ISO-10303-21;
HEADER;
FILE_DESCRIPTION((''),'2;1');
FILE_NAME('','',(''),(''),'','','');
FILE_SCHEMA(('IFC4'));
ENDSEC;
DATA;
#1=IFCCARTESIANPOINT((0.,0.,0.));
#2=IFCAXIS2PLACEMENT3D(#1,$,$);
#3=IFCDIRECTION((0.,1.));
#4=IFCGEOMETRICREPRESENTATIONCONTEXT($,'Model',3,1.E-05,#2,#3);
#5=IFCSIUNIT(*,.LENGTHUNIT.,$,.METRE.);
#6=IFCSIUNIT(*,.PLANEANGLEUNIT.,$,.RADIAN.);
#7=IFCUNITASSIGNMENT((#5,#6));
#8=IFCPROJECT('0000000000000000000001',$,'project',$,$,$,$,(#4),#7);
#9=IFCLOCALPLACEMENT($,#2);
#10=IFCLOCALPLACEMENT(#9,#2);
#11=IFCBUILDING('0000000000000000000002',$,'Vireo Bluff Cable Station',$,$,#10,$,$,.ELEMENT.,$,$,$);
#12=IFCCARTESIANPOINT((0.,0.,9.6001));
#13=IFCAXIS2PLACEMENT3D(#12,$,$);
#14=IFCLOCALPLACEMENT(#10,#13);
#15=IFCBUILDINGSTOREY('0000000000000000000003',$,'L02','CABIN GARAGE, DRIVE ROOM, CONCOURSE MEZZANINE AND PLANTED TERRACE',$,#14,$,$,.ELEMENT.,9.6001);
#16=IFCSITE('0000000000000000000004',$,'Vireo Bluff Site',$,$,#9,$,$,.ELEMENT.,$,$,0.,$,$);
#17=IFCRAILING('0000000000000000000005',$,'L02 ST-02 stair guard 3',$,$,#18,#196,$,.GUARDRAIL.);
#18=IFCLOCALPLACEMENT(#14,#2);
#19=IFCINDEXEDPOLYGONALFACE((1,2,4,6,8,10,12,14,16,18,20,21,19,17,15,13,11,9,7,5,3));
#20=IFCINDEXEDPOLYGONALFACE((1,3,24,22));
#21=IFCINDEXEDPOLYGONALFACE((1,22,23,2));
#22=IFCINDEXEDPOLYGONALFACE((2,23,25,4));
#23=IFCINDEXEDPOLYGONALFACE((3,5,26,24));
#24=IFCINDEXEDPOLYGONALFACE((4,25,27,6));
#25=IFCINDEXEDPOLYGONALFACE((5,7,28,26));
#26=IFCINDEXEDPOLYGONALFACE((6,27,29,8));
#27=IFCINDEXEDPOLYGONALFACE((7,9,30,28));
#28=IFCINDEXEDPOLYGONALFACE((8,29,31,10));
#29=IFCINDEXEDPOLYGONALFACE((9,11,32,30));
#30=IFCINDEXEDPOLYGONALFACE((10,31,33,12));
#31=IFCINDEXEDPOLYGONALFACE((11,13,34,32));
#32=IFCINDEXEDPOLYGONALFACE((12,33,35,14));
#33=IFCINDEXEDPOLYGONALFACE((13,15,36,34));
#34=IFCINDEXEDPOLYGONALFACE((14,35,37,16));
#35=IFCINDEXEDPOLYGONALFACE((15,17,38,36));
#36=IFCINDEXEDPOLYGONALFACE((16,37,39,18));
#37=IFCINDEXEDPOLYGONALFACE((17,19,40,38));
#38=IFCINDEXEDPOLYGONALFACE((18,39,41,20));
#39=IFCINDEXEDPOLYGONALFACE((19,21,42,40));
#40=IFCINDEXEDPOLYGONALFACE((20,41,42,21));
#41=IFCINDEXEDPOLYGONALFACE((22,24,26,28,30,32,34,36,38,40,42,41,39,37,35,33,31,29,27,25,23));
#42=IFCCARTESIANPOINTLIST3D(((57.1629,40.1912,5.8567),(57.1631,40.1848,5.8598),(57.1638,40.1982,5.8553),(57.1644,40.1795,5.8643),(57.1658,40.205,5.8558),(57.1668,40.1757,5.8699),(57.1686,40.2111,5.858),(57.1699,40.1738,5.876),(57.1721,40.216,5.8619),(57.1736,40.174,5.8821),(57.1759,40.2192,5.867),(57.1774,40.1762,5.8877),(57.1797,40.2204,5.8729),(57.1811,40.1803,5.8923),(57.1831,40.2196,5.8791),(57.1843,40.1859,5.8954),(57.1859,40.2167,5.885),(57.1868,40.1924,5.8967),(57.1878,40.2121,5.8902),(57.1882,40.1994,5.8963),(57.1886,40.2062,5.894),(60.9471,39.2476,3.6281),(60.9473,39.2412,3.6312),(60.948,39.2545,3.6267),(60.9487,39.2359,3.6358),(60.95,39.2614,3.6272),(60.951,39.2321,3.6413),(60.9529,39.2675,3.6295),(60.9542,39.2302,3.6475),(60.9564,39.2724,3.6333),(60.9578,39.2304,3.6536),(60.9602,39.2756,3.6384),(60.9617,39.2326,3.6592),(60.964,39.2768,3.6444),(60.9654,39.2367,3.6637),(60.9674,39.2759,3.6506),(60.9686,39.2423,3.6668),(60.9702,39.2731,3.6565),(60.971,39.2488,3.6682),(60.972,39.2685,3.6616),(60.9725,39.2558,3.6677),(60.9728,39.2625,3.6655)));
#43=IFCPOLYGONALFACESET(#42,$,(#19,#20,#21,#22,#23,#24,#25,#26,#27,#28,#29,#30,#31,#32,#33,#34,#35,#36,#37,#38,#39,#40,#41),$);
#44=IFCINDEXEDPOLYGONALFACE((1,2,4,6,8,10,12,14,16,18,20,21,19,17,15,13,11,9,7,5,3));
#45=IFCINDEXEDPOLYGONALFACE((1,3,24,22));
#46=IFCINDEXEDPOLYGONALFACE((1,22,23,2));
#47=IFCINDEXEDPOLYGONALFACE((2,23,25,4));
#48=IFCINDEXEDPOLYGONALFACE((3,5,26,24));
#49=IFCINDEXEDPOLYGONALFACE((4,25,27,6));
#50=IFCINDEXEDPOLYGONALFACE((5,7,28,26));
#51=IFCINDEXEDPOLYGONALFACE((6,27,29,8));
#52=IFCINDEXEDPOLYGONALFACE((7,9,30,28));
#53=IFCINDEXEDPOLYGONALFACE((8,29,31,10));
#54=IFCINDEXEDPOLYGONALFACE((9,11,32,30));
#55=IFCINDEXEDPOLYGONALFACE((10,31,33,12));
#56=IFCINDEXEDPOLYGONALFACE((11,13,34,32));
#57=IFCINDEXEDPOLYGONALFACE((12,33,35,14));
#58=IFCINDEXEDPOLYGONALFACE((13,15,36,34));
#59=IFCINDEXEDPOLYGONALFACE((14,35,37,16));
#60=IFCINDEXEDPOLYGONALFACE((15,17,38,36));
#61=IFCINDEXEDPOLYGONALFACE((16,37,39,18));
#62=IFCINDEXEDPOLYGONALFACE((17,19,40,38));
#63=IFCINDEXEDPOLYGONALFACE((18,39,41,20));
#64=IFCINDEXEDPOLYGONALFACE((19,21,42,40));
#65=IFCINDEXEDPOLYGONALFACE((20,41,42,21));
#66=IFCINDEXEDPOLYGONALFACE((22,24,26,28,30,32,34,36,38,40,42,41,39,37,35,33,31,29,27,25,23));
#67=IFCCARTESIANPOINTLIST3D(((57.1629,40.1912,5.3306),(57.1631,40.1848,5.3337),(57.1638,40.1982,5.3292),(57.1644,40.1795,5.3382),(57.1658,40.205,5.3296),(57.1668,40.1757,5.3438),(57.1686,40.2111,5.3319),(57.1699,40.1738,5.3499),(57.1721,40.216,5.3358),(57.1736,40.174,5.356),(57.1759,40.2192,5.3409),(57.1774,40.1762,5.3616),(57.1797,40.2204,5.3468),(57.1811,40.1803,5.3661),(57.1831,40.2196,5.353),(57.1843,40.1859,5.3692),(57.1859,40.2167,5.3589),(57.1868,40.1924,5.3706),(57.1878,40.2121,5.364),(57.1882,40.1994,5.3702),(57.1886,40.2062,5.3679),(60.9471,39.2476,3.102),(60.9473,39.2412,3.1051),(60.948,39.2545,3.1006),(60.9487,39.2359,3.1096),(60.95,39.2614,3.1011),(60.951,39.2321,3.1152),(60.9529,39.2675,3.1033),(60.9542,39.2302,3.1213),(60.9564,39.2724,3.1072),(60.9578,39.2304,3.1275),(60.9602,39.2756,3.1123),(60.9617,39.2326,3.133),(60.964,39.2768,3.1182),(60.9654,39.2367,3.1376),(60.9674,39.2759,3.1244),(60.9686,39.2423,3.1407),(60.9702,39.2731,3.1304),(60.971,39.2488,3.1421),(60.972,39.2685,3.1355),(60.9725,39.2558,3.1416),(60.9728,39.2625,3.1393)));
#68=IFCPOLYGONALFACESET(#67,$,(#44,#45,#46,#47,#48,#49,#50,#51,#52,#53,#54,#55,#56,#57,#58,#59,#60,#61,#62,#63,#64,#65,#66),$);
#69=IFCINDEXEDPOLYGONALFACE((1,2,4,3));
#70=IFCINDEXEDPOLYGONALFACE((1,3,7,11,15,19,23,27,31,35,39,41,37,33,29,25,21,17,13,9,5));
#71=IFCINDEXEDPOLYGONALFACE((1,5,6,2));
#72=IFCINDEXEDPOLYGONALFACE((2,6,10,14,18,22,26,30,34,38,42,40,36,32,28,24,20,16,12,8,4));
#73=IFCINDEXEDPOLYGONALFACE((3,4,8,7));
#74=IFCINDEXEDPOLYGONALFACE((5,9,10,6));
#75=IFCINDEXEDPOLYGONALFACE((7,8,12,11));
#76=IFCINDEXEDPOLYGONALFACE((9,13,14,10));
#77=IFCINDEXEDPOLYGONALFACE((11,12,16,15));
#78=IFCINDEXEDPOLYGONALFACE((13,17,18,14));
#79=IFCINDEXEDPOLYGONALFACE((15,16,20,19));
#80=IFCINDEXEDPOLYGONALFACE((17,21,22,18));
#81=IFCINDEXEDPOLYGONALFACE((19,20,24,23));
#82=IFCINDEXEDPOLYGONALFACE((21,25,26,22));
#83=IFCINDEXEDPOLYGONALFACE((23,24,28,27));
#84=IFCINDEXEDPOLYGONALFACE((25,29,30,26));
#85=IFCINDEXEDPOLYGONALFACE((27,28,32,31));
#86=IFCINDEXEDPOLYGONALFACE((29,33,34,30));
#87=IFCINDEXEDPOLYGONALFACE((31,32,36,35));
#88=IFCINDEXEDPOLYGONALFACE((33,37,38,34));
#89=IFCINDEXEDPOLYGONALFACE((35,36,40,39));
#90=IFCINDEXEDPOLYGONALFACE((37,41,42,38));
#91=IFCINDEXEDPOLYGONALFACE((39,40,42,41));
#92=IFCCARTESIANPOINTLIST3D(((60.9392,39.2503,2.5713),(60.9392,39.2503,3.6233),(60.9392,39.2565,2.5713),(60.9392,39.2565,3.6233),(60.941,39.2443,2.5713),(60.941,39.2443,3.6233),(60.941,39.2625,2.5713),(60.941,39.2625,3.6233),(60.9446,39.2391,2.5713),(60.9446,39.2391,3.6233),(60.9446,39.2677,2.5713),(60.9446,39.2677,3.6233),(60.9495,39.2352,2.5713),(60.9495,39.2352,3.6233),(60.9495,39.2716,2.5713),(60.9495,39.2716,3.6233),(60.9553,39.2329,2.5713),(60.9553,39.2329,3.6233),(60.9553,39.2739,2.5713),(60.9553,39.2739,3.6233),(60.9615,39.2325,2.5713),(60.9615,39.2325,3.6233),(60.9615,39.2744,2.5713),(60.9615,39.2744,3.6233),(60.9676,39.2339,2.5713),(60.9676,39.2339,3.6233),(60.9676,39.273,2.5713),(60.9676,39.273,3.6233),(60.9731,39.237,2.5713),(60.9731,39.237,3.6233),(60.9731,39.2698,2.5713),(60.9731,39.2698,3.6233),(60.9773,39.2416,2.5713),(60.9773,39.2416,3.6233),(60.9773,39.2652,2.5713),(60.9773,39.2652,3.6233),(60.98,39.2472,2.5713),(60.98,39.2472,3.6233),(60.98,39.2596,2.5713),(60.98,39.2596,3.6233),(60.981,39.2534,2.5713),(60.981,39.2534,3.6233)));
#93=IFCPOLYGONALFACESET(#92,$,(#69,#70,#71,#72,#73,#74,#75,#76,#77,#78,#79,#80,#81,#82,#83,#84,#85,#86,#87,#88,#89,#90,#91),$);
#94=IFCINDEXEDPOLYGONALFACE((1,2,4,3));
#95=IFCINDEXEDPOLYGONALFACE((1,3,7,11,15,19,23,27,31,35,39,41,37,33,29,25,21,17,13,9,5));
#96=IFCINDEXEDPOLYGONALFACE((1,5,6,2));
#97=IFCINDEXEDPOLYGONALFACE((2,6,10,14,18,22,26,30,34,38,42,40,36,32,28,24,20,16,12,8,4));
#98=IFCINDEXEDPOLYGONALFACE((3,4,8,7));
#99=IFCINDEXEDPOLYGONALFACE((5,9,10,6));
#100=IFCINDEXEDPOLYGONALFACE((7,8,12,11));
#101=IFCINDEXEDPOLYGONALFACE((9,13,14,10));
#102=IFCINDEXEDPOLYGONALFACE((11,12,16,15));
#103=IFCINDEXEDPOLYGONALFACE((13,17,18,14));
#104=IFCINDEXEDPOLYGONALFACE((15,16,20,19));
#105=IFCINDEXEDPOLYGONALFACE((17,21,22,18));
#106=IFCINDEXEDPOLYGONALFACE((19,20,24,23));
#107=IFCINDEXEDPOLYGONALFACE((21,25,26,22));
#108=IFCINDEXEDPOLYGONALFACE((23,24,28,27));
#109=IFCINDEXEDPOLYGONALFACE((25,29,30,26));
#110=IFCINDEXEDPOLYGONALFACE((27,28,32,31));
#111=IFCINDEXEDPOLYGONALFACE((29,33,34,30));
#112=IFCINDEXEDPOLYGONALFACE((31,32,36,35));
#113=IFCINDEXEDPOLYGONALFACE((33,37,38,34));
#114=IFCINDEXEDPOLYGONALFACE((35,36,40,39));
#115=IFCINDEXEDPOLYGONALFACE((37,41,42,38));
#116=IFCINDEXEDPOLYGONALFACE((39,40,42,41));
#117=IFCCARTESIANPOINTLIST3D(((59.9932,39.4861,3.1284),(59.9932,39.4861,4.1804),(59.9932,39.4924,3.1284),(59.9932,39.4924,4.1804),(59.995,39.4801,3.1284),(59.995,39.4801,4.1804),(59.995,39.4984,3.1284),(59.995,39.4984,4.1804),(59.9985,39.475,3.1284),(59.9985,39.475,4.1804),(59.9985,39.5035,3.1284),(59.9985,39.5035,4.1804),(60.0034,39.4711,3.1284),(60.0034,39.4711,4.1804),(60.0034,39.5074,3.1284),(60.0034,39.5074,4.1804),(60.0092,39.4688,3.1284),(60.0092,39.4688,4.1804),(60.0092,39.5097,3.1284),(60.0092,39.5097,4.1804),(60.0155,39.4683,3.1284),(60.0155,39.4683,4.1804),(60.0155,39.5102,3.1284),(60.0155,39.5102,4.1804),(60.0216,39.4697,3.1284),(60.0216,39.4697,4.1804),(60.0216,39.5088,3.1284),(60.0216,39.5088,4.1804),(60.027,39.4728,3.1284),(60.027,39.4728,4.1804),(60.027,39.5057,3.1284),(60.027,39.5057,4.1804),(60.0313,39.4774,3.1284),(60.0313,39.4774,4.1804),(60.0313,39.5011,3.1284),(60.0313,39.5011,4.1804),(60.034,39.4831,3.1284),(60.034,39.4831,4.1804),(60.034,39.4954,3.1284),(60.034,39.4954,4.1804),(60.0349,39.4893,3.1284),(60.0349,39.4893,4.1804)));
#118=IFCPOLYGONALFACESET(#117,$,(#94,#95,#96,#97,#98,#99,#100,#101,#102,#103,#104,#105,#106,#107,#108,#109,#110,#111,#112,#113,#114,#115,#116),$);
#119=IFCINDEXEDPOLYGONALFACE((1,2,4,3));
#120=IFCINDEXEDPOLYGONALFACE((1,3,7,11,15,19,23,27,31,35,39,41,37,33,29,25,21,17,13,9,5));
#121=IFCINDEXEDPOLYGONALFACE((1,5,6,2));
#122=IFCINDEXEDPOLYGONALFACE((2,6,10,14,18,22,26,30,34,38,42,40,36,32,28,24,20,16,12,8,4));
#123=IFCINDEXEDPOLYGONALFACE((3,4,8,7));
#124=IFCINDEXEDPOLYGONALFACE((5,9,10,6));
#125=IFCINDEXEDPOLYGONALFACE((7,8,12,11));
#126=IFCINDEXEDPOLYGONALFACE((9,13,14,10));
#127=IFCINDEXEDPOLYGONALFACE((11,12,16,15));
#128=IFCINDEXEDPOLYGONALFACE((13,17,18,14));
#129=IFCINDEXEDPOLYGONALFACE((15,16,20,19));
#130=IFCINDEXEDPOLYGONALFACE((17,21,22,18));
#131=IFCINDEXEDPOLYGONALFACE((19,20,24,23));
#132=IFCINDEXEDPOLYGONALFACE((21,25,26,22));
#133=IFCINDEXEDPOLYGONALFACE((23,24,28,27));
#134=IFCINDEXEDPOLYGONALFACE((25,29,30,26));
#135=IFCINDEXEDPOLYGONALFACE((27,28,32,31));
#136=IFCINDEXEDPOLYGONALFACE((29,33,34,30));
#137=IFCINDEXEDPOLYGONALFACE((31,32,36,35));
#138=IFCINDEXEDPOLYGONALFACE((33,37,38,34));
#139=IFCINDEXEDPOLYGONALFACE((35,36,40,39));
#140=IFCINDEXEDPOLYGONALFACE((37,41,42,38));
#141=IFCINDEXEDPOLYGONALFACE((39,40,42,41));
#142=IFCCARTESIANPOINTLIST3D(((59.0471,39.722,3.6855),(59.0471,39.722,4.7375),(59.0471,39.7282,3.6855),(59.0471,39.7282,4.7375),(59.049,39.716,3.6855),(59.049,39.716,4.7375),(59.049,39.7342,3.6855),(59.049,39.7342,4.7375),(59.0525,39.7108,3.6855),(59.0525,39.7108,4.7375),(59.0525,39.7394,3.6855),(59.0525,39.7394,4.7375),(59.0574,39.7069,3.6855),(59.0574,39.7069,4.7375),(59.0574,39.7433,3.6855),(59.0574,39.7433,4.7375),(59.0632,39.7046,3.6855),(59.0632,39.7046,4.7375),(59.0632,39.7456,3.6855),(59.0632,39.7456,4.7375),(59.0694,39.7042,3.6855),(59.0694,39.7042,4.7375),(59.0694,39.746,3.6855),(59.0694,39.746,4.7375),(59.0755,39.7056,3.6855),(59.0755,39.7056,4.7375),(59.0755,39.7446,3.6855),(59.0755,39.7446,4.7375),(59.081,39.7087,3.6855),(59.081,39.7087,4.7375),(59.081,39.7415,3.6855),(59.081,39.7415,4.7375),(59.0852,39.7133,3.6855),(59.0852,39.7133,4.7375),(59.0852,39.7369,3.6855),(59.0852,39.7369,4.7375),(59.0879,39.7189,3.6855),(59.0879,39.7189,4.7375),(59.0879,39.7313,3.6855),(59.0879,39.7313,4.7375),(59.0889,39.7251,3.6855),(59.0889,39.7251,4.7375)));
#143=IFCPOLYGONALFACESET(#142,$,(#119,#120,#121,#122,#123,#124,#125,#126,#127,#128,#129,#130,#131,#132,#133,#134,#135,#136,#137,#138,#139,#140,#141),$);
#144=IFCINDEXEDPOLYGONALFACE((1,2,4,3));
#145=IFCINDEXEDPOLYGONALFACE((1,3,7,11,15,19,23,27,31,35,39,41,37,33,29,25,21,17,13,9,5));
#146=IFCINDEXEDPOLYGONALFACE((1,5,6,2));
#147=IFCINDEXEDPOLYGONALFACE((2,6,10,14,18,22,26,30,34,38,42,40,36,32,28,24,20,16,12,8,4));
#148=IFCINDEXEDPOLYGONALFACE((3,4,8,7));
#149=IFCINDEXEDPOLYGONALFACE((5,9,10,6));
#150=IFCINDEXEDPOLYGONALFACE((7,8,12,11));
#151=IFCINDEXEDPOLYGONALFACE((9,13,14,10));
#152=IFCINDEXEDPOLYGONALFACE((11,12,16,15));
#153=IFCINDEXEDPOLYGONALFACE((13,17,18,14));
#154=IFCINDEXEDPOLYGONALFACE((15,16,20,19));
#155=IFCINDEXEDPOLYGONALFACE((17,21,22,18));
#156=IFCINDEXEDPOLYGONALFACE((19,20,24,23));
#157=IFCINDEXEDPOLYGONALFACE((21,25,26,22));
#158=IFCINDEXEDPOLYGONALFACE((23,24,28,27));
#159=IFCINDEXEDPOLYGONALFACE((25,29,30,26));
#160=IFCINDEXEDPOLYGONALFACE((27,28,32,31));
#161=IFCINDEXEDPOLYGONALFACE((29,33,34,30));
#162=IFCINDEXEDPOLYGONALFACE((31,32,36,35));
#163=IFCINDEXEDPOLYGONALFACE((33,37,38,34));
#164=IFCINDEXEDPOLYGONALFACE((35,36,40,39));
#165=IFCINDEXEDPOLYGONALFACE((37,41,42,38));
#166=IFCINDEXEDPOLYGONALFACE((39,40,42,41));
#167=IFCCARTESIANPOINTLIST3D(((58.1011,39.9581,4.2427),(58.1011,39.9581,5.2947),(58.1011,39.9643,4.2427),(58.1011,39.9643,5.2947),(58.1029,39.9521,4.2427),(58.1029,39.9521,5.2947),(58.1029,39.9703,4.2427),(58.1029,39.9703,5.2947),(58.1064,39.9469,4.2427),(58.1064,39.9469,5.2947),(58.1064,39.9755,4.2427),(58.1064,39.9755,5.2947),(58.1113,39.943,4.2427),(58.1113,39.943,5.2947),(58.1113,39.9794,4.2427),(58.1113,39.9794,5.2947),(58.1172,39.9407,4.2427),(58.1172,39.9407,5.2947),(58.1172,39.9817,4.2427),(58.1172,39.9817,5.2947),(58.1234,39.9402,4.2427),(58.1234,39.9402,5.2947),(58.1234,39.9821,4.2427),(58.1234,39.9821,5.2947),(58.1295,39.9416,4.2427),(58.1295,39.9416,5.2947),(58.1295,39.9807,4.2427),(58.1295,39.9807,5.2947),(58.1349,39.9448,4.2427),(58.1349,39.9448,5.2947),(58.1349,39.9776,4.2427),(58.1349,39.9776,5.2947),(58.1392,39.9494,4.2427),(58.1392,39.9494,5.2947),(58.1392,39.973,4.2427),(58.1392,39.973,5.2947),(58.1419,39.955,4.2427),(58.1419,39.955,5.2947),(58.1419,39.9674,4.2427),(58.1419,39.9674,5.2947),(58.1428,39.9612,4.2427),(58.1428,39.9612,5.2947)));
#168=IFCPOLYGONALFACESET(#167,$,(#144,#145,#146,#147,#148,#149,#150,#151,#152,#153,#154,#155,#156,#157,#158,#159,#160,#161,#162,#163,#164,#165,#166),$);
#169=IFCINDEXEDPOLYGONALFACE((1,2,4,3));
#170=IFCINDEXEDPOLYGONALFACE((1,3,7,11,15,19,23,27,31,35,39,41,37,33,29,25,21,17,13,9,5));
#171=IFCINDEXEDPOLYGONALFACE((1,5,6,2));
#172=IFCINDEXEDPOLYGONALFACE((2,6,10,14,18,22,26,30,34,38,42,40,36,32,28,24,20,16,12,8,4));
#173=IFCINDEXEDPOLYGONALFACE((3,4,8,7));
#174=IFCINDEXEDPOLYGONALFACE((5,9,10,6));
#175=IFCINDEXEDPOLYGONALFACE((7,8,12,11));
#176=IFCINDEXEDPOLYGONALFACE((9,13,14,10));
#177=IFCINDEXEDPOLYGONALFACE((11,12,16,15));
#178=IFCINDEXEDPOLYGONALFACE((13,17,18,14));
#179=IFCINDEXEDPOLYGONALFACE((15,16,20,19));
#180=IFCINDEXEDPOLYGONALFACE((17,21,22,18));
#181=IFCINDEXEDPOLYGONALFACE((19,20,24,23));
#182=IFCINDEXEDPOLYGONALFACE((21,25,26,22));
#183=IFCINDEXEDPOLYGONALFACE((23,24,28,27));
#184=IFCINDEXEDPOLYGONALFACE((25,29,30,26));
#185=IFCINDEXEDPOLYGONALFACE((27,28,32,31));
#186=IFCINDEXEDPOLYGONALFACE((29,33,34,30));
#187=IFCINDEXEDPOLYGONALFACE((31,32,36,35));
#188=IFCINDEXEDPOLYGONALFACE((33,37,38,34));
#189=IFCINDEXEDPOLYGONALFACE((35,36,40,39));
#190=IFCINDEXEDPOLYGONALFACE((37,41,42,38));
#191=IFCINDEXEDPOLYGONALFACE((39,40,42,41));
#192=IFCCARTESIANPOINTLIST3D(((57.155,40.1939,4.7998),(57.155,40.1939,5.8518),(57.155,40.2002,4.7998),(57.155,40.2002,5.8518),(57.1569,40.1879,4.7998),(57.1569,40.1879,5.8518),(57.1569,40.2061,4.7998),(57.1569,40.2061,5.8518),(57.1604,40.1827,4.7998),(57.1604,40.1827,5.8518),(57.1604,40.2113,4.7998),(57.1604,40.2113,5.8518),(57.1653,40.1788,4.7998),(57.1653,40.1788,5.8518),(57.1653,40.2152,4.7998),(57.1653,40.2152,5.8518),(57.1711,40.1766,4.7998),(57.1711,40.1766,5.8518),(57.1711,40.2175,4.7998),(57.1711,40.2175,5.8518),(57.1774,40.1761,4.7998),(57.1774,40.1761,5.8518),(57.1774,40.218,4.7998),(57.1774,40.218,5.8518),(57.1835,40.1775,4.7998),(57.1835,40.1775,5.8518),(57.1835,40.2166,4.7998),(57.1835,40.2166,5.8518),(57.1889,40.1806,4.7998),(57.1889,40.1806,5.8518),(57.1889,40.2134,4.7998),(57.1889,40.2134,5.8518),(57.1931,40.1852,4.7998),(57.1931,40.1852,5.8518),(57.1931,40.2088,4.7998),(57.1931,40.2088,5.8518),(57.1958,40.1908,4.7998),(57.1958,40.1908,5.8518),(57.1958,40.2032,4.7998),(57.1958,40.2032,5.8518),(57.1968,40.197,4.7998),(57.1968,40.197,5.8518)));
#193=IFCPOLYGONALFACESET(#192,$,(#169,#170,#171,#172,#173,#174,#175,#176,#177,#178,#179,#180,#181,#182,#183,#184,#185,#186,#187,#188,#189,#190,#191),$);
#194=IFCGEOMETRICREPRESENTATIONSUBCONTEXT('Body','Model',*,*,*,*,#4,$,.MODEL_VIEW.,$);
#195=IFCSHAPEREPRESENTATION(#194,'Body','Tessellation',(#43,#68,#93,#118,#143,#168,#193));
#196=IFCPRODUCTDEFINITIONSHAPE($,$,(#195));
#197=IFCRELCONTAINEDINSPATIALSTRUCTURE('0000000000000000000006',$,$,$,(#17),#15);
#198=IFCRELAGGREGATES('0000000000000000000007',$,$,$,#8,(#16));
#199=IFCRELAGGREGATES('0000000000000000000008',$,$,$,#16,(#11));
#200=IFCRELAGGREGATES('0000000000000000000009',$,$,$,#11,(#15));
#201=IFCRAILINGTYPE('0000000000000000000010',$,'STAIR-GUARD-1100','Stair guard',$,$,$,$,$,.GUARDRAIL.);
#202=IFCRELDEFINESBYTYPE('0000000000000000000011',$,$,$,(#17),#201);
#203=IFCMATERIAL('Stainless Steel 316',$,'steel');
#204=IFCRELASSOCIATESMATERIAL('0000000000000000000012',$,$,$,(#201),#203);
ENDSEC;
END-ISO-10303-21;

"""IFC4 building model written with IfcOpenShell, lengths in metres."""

from ifc_helpers import new_model, si_unit, direction, frame, origin, origin_2d, place, context, subcontext, project, spatial, circle, extrude, material, type_object, element, save


model = new_model("IFC4")

# Units and contexts
model_context = context("Model", 3, precision=1e-05, world=origin(), true_north=direction((0.0, 1.0)))
body_context = subcontext(model_context, "Body", "Model", "MODEL_VIEW")
ifc_project = project(units=[si_unit("LENGTHUNIT", "METRE"), si_unit("PLANEANGLEUNIT", "RADIAN")], contexts=[model_context])

# Site, building, storey
site_placement = place(None, origin())
site = spatial("IfcSite", under=ifc_project, at=site_placement, Name="Vireo Bluff Site", CompositionType="ELEMENT", RefElevation=0.0)
building_placement = place(site_placement, origin())
building = spatial("IfcBuilding", under=site, at=building_placement, Name="Vireo Bluff Cable Station", CompositionType="ELEMENT")
storey_placement = place(building_placement, frame((0.0, 0.0, 9.6001)))
storey = spatial("IfcBuildingStorey", under=building, at=storey_placement, Name="L02", Description="CABIN GARAGE, DRIVE ROOM, CONCOURSE MEZZANINE AND PLANTED TERRACE", CompositionType="ELEMENT", Elevation=9.6001)

# Shared definitions
ifc_material_1 = material(Name="Stainless Steel 316", Category="steel")

# Railing
railing_type_1 = type_object("IfcRailingType", Name="STAIR-GUARD-1100", Description="Stair guard", PredefinedType="GUARDRAIL", material=ifc_material_1)
railing_1_placement = place(storey_placement, frame((60.96, 39.2534, 2.5713)))
element("IfcRailing", 1, at=railing_1_placement, inside=storey, type_object=railing_type_1, Name="L02 ST-02 stair guard 3", PredefinedType="GUARDRAIL", context=body_context, shape_type="SweptSolid", body=[
    extrude(circle(Radius=0.0239, at=origin_2d()), frame((0.0, 0.0, 1.0762), z_axis=(-0.842455, 0.21007, 0.496125), x_axis=(-0.241946, -0.97029, 0.0)), (0.0, 0.0, 1.0), 4.4919),
    extrude(circle(Radius=0.0239, at=origin_2d()), frame((0.0, 0.0, 0.55), z_axis=(-0.842455, 0.21007, 0.496125), x_axis=(-0.241946, -0.97029, 0.0)), (0.0, 0.0, 1.0), 4.4919),
    extrude(circle(Radius=0.021, at=origin_2d()), origin(), (0.0, 0.0, 1.0), 1.052),
    extrude(circle(Radius=0.021, at=origin_2d()), frame((-0.946, 0.2358, 0.5571)), (0.0, 0.0, 1.0), 1.052),
    extrude(circle(Radius=0.021, at=origin_2d()), frame((-1.8921, 0.4717, 1.1143)), (0.0, 0.0, 1.0), 1.052),
    extrude(circle(Radius=0.021, at=origin_2d()), frame((-2.8381, 0.7078, 1.6714)), (0.0, 0.0, 1.0), 1.052),
    extrude(circle(Radius=0.021, at=origin_2d()), frame((-3.7842, 0.9436, 2.2285)), (0.0, 0.0, 1.0), 1.052),
])

save(model, "model.ifc")
